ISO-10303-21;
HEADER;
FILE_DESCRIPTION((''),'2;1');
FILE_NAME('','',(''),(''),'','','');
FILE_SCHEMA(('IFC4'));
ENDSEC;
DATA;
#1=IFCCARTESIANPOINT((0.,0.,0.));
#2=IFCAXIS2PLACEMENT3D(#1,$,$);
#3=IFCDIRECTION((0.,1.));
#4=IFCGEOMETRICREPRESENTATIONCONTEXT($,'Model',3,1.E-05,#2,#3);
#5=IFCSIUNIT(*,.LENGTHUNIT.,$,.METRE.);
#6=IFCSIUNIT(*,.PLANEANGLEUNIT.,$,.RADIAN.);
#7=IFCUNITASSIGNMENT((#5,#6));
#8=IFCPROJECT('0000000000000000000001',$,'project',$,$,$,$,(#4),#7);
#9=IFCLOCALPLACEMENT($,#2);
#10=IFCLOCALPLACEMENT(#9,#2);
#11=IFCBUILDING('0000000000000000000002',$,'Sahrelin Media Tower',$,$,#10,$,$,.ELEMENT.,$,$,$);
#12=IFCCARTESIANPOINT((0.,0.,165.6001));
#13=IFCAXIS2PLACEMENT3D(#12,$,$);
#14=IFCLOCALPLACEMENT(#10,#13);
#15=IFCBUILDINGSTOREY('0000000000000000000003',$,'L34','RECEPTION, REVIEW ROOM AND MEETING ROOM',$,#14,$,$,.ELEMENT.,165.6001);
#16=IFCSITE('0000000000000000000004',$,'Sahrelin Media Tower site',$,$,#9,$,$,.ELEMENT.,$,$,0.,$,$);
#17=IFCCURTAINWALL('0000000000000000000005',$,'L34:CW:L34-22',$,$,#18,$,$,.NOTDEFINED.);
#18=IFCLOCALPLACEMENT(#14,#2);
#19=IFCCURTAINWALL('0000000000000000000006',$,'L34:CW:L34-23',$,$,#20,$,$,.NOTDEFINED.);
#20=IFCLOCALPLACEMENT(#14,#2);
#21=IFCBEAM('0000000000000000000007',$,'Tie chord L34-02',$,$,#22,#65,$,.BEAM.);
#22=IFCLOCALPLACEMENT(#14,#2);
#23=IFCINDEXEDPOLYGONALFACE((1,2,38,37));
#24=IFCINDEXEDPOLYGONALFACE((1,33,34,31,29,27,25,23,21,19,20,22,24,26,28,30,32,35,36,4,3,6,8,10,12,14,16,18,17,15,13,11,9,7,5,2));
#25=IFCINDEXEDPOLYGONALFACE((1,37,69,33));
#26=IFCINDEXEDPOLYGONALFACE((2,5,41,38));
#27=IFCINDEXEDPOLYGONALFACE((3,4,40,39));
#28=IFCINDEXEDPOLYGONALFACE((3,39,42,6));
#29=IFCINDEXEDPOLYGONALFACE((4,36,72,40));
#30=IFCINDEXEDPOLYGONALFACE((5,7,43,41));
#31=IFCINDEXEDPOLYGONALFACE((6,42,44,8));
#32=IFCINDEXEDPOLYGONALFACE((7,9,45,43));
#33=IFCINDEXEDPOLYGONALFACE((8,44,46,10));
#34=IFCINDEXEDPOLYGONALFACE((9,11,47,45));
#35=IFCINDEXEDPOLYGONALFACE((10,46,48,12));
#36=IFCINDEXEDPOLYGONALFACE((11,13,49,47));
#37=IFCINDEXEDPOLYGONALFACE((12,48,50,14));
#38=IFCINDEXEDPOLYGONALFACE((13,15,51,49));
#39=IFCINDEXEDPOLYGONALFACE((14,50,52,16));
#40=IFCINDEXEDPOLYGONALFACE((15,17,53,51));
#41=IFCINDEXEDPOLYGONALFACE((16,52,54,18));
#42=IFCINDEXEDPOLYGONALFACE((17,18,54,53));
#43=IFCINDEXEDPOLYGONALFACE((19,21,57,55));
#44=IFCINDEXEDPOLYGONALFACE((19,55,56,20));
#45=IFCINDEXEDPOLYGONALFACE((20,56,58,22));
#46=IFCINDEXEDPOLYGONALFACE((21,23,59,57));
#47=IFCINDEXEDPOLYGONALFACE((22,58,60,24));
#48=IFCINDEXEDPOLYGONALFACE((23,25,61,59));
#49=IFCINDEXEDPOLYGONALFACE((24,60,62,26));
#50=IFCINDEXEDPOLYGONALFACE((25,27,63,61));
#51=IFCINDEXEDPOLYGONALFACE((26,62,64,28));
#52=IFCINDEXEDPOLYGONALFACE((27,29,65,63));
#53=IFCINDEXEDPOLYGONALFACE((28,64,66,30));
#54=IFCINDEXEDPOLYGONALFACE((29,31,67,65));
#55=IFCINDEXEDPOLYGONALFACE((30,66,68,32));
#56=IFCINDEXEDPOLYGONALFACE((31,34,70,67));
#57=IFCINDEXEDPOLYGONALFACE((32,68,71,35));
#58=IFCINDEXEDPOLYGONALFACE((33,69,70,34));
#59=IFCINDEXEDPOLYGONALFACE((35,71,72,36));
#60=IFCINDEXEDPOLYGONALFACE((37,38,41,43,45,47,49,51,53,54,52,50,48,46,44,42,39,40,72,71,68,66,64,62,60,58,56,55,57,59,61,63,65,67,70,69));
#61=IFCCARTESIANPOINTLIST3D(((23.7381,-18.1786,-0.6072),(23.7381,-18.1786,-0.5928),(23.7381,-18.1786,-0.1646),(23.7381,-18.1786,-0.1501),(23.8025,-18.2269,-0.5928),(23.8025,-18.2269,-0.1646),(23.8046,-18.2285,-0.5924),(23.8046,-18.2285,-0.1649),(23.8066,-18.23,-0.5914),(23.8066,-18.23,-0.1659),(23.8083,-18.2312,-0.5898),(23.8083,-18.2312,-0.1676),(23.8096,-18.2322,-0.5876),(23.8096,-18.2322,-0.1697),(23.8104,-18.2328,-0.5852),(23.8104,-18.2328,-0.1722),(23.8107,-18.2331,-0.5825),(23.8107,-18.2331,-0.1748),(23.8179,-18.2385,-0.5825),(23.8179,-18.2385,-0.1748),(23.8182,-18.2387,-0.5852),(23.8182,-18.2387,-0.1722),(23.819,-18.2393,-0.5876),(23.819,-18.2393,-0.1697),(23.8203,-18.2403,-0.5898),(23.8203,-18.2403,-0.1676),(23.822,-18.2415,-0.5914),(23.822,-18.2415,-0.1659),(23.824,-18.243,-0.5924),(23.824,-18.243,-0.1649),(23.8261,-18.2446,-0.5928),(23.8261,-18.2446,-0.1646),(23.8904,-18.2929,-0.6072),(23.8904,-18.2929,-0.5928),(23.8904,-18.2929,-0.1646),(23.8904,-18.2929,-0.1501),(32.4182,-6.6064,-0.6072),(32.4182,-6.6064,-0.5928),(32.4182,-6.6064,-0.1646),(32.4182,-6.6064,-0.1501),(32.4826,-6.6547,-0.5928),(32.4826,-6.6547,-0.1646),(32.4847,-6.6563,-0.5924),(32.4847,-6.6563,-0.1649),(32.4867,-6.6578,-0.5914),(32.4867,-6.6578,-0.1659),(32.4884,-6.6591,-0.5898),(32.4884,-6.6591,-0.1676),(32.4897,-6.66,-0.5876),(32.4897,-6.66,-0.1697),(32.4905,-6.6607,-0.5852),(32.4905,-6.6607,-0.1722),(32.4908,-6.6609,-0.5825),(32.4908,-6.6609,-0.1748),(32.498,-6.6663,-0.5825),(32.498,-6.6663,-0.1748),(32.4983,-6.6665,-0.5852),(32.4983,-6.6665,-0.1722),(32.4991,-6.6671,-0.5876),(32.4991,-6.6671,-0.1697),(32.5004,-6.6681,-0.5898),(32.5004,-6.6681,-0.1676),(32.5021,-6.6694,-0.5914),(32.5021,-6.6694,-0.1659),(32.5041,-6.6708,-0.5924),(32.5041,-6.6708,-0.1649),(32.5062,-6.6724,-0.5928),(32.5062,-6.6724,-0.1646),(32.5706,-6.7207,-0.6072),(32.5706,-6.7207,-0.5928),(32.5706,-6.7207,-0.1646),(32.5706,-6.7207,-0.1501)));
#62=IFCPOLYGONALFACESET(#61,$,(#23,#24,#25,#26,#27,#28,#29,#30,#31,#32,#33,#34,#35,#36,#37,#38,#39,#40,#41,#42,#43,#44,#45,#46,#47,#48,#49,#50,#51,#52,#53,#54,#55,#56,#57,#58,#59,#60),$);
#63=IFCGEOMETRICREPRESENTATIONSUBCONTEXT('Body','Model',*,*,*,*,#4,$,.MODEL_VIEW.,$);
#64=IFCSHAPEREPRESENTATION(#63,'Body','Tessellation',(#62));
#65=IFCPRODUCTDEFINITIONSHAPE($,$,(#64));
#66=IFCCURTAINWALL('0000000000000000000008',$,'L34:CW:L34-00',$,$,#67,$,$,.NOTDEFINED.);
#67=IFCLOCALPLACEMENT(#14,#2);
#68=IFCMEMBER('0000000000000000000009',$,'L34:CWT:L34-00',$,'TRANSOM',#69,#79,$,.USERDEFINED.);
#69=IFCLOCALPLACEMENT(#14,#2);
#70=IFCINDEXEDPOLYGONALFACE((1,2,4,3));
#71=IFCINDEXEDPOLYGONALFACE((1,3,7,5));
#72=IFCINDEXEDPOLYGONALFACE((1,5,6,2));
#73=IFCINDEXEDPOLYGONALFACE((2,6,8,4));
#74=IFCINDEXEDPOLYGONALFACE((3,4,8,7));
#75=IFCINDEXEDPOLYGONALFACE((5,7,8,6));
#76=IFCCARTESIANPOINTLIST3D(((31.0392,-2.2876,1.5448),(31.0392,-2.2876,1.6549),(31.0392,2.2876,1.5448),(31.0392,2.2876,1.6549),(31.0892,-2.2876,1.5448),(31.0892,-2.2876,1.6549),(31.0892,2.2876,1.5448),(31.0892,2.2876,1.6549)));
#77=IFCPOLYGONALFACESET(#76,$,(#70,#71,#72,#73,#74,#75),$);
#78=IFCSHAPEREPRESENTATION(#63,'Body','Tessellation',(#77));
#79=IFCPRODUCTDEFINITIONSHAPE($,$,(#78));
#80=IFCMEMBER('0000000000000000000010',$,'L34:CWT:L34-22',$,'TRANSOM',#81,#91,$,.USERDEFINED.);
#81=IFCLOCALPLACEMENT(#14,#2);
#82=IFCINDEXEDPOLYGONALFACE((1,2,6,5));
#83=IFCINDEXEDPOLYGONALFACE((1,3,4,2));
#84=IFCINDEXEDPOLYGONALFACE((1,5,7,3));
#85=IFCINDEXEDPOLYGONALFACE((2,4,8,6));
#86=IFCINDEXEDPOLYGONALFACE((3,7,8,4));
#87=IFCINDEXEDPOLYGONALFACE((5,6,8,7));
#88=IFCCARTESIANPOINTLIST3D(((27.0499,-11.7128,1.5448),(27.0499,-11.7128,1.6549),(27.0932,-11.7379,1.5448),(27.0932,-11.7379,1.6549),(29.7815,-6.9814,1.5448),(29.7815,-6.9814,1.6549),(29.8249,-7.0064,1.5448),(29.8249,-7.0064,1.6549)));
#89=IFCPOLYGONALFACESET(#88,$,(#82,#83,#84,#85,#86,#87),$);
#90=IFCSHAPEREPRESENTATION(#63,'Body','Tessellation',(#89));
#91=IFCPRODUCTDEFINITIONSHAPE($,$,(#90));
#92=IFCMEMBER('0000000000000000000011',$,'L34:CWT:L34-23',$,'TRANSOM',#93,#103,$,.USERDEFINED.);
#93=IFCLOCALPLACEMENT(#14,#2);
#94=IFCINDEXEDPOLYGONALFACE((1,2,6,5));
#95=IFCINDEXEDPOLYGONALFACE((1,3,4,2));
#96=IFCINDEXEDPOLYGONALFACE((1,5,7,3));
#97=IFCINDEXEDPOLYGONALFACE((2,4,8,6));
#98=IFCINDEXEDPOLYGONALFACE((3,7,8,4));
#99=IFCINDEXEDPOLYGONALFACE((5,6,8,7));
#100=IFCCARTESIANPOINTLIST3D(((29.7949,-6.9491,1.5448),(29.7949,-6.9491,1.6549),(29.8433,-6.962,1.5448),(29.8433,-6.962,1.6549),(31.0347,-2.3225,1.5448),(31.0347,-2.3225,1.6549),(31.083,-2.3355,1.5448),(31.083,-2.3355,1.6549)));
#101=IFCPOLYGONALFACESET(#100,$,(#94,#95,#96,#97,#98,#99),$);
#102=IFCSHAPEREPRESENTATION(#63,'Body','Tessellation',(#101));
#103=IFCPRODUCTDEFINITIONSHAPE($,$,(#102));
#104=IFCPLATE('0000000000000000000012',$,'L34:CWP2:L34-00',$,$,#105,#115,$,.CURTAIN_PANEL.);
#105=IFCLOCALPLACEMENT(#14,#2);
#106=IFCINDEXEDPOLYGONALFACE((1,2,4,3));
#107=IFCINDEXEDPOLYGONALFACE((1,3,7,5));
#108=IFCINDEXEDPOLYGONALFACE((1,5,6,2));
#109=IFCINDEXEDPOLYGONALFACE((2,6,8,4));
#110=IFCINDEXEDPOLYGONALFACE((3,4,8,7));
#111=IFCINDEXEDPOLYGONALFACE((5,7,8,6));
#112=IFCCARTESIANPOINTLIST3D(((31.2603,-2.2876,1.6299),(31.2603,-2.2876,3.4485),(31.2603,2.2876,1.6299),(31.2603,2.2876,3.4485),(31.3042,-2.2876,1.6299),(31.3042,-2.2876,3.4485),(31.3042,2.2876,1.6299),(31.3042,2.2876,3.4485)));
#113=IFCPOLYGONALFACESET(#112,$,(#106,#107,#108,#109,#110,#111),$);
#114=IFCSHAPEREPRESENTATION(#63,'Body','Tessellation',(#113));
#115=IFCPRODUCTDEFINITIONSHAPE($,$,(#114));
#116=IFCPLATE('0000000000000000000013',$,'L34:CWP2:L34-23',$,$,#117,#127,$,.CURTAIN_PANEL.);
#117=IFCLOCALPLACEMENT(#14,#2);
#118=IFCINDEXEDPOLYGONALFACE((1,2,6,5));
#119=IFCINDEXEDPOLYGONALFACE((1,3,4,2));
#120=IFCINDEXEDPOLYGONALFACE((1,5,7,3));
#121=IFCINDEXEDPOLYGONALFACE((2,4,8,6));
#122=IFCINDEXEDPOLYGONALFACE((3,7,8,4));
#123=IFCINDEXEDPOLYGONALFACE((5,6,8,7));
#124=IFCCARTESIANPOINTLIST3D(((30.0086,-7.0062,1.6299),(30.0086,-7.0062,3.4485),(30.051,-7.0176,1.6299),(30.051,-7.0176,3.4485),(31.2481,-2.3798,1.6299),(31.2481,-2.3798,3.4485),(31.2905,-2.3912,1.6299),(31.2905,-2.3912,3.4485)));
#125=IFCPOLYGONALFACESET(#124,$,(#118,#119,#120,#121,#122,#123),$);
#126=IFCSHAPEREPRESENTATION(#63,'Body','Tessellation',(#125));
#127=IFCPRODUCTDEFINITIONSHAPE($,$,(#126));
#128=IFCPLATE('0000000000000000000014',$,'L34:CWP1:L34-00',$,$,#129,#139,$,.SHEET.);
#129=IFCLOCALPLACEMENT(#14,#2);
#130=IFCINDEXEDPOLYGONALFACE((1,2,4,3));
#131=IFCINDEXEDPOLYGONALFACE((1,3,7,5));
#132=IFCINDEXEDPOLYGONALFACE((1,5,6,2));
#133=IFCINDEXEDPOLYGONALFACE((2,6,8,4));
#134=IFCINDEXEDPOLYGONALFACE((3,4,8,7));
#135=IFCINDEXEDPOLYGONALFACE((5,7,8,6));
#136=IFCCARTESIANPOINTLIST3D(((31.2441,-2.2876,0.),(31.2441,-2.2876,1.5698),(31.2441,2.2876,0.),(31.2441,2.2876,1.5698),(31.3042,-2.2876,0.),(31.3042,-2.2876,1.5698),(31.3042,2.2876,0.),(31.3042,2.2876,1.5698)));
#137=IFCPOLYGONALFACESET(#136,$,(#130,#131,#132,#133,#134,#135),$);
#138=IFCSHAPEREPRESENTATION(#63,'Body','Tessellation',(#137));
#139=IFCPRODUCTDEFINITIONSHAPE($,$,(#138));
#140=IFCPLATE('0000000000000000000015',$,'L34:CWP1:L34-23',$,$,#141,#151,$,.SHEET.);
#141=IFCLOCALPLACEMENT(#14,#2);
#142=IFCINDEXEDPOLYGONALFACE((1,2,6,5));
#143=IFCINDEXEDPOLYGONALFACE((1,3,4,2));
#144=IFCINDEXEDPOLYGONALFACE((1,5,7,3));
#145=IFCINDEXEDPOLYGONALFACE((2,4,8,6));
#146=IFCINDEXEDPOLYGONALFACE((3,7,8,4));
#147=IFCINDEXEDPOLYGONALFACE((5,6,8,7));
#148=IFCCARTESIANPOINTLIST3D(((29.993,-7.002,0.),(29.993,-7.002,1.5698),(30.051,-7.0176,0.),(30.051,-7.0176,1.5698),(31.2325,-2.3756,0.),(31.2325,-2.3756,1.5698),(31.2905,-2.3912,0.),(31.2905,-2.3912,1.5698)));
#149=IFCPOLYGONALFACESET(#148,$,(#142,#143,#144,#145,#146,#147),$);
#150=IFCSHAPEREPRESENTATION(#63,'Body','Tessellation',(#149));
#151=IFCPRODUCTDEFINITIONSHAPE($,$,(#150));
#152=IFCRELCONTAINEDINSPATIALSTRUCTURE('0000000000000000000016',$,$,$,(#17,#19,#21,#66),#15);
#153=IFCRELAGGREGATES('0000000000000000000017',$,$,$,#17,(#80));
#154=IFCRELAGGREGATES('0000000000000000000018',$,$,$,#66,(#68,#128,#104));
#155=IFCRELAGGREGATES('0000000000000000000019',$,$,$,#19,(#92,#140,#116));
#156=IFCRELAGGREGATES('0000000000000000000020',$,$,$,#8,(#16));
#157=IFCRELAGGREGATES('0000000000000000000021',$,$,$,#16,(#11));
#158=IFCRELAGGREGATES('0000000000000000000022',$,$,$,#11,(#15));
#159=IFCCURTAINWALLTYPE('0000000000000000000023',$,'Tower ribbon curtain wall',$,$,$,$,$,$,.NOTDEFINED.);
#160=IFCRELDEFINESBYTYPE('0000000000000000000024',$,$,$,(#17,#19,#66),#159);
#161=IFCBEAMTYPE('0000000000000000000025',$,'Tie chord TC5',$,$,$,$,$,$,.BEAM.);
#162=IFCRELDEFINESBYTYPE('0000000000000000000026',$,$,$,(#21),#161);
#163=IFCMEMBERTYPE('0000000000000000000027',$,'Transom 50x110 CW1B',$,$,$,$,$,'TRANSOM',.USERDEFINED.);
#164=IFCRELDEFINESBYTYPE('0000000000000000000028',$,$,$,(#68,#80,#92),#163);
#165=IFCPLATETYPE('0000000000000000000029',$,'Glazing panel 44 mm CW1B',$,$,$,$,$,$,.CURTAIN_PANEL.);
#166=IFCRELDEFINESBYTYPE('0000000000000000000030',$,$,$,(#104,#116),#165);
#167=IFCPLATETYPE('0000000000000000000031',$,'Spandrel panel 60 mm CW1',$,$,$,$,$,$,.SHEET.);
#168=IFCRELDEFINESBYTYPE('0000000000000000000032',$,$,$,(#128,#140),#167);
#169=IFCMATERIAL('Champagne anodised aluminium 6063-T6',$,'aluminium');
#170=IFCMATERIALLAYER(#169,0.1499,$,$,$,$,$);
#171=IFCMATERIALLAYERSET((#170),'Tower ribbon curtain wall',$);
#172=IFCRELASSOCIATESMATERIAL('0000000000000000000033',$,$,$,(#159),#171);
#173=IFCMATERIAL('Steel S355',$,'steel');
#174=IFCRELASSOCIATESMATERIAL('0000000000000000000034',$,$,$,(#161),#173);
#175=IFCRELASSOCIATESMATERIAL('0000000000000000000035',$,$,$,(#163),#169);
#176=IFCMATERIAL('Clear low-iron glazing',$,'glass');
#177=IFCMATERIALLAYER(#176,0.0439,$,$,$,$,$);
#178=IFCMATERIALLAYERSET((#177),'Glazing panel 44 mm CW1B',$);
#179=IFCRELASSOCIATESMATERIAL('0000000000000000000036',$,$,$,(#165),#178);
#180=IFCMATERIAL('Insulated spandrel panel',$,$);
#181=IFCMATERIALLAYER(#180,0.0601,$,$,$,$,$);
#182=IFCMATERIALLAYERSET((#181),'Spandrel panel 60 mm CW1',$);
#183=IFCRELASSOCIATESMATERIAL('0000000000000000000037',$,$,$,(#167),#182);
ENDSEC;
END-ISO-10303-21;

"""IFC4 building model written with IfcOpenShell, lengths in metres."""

from ifc_helpers import new_model, si_unit, direction, frame, origin, origin_2d, place, context, subcontext, project, spatial, polyline, rectangle, i_section, outline, extrude, material, layer, layer_set, material_profile, profile_set, type_object, element, aggregate, save


model = new_model("IFC4")

# Units and contexts
model_context = context("Model", 3, precision=1e-05, world=origin(), true_north=direction((0.0, 1.0)))
body_context = subcontext(model_context, "Body", "Model", "MODEL_VIEW")
ifc_project = project(units=[si_unit("LENGTHUNIT", "METRE"), si_unit("PLANEANGLEUNIT", "RADIAN")], contexts=[model_context])

# Site, building, storey
site_placement = place(None, origin())
site = spatial("IfcSite", under=ifc_project, at=site_placement, Name="Sahrelin Media Tower site", CompositionType="ELEMENT", RefElevation=0.0)
building_placement = place(site_placement, origin())
building = spatial("IfcBuilding", under=site, at=building_placement, Name="Sahrelin Media Tower", CompositionType="ELEMENT")
storey_placement = place(building_placement, frame((0.0, 0.0, 165.6001)))
storey = spatial("IfcBuildingStorey", under=building, at=storey_placement, Name="L34", Description="RECEPTION, REVIEW ROOM AND MEETING ROOM", CompositionType="ELEMENT", Elevation=165.6001)

# Shared definitions
ifc_material_1 = material(Name="Steel S355", Category="steel")

# Curtain walls
ifc_material_2 = material(Name="Champagne anodised aluminium 6063-T6", Category="aluminium")
ifc_layer_1 = layer(ifc_material_2, 0.1499)
ifc_layer_set_1 = layer_set([ifc_layer_1], Name="Tower ribbon curtain wall")
curtain_wall_type = type_object("IfcCurtainWallType", Name="Tower ribbon curtain wall", PredefinedType="NOTDEFINED", material=ifc_layer_set_1)
curtain_wall_1_placement = place(storey_placement, frame((28.6277, -9.4697, 0.0), z_axis=(0.0, 0.0, 1.0), x_axis=(1.0, 0.0, 0.0)))
curtain_wall_1 = element("IfcCurtainWall", 1, at=curtain_wall_1_placement, inside=storey, type_object=curtain_wall_type, Name="L34:CW:L34-22", PredefinedType="NOTDEFINED")
curtain_wall_2_placement = place(storey_placement, frame((30.6516, -4.6992, 0.0), z_axis=(0.0, 0.0, 1.0), x_axis=(1.0, 0.0, 0.0)))
curtain_wall_2 = element("IfcCurtainWall", 2, at=curtain_wall_2_placement, inside=storey, type_object=curtain_wall_type, Name="L34:CW:L34-23", PredefinedType="NOTDEFINED")

# Beam
ifc_material_profile_1 = material_profile(ifc_material_1, i_section(OverallWidth=0.1904, OverallDepth=0.457, WebThickness=0.009, FlangeThickness=0.0144, FilletRadius=0.0103, at=origin_2d()), Name="UB 457x191x74")
ifc_profile_set_1 = profile_set([ifc_material_profile_1], Name="Steel S355")
beam_type_1 = type_object("IfcBeamType", Name="Tie chord TC5", PredefinedType="BEAM", material=ifc_profile_set_1)
beam_1_placement = place(storey_placement, frame((32.4944, -6.6636, -0.3787), z_axis=(-0.600043, -0.799968, 0.0), x_axis=(0.799968, -0.600043, 0.0)))
element("IfcBeam", 3, at=beam_1_placement, inside=storey, type_object=beam_type_1, Name="Tie chord L34-02", PredefinedType="BEAM", context=body_context, shape_type="SweptSolid", body=[
    extrude(i_section(OverallWidth=0.1904, OverallDepth=0.457, WebThickness=0.009, FlangeThickness=0.0144, FilletRadius=0.0103, at=origin_2d()), origin(), (0.0, 0.0, 1.0), 14.4658),
])

# Curtain wall, member
curtain_wall_3_placement = place(storey_placement, frame((31.2842, 0.0, 0.0), z_axis=(0.0, 0.0, 1.0), x_axis=(1.0, 0.0, 0.0)))
curtain_wall_3 = element("IfcCurtainWall", 4, at=curtain_wall_3_placement, inside=storey, type_object=curtain_wall_type, Name="L34:CW:L34-00", PredefinedType="NOTDEFINED")
ifc_material_profile_2 = material_profile(ifc_material_2, rectangle(XDim=0.05, YDim=0.1101, at=origin_2d()), Name="Transom 50x110")
ifc_profile_set_2 = profile_set([ifc_material_profile_2], Name="Champagne anodised aluminium 6063-T6")
member_type_1 = type_object("IfcMemberType", Name="Transom 50x110 CW1B", ElementType="TRANSOM", PredefinedType="USERDEFINED", material=ifc_profile_set_2)
member_1_placement = place(storey_placement, frame((31.0642, -2.2876, 1.5999), z_axis=(0.0, 1.0, 0.0), x_axis=(-1.0, 0.0, 0.0)))
member_1 = element("IfcMember", 5, at=member_1_placement, type_object=member_type_1, Name="L34:CWT:L34-00", ObjectType="TRANSOM", PredefinedType="USERDEFINED", context=body_context, shape_type="SweptSolid", body=[
    extrude(rectangle(XDim=0.05, YDim=0.1101, at=origin_2d()), origin(), (0.0, 0.0, 1.0), 4.5752),
])

# Members
member_2_placement = place(storey_placement, frame((27.0715, -11.7253, 1.5999), z_axis=(0.499998, 0.866026, 0.0), x_axis=(-0.866026, 0.499998, 0.0)))
member_2 = element("IfcMember", 6, at=member_2_placement, type_object=member_type_1, Name="L34:CWT:L34-22", ObjectType="TRANSOM", PredefinedType="USERDEFINED", context=body_context, shape_type="SweptSolid", body=[
    extrude(rectangle(XDim=0.05, YDim=0.1101, at=origin_2d()), origin(), (0.0, 0.0, 1.0), 5.4634),
])
aggregate(curtain_wall_1, [member_2])
member_3_placement = place(storey_placement, frame((29.8191, -6.9556, 1.5999), z_axis=(0.258836, 0.965921, 0.0), x_axis=(-0.965921, 0.258836, 0.0)))
member_3 = element("IfcMember", 7, at=member_3_placement, type_object=member_type_1, Name="L34:CWT:L34-23", ObjectType="TRANSOM", PredefinedType="USERDEFINED", context=body_context, shape_type="SweptSolid", body=[
    extrude(rectangle(XDim=0.05, YDim=0.1101, at=origin_2d()), origin(), (0.0, 0.0, 1.0), 4.7898),
])

# Plates
ifc_material_3 = material(Name="Clear low-iron glazing", Category="glass")
ifc_layer_2 = layer(ifc_material_3, 0.0439)
ifc_layer_set_2 = layer_set([ifc_layer_2], Name="Glazing panel 44 mm CW1B")
plate_type_1 = type_object("IfcPlateType", Name="Glazing panel 44 mm CW1B", PredefinedType="CURTAIN_PANEL", material=ifc_layer_set_2)
plate_1_placement = place(storey_placement, frame((31.3042, -2.2876, 1.6299), z_axis=(1.0, 0.0, 0.0), x_axis=(0.0, 1.0, 0.0)))
plate_1 = element("IfcPlate", 8, at=plate_1_placement, type_object=plate_type_1, Name="L34:CWP2:L34-00", PredefinedType="CURTAIN_PANEL", context=body_context, shape_type="SweptSolid", body=[
    extrude(outline(polyline([(0.0, 0.0), (4.5752, 0.0), (4.5752, 1.8186), (0.0, 1.8186), (0.0, 0.0)])), origin(), (0.0, 0.0, -1.0), 0.0439),
])
plate_2_placement = place(storey_placement, frame((30.051, -7.0176, 1.6299), z_axis=(0.965934, -0.258789, 0.0), x_axis=(0.258789, 0.965934, 0.0)))
plate_2 = element("IfcPlate", 9, at=plate_2_placement, type_object=plate_type_1, Name="L34:CWP2:L34-23", PredefinedType="CURTAIN_PANEL", context=body_context, shape_type="SweptSolid", body=[
    extrude(outline(polyline([(0.0, 0.0), (4.7896, 0.0), (4.7896, 1.8186), (0.0, 1.8186), (0.0, 0.0)])), origin(), (0.0, 0.0, -1.0), 0.0439),
])
ifc_material_4 = material(Name="Insulated spandrel panel")
ifc_layer_3 = layer(ifc_material_4, 0.0601)
ifc_layer_set_3 = layer_set([ifc_layer_3], Name="Spandrel panel 60 mm CW1")
plate_type_2 = type_object("IfcPlateType", Name="Spandrel panel 60 mm CW1", PredefinedType="SHEET", material=ifc_layer_set_3)
plate_3_placement = place(storey_placement, frame((31.3042, -2.2876, 0.0), z_axis=(1.0, 0.0, 0.0), x_axis=(0.0, 1.0, 0.0)))
plate_3 = element("IfcPlate", 10, at=plate_3_placement, type_object=plate_type_2, Name="L34:CWP1:L34-00", PredefinedType="SHEET", context=body_context, shape_type="SweptSolid", body=[
    extrude(outline(polyline([(0.0, 0.0), (4.5752, 0.0), (4.5752, 1.5698), (0.0, 1.5698), (0.0, 0.0)])), origin(), (0.0, 0.0, -1.0), 0.0601),
])
aggregate(curtain_wall_3, [member_1, plate_3, plate_1])
plate_4_placement = place(storey_placement, frame((30.051, -7.0176, 0.0), z_axis=(0.965934, -0.258789, 0.0), x_axis=(0.258789, 0.965934, 0.0)))
plate_4 = element("IfcPlate", 11, at=plate_4_placement, type_object=plate_type_2, Name="L34:CWP1:L34-23", PredefinedType="SHEET", context=body_context, shape_type="SweptSolid", body=[
    extrude(outline(polyline([(0.0, 0.0), (4.7896, 0.0), (4.7896, 1.5698), (0.0, 1.5698), (0.0, 0.0)])), origin(), (0.0, 0.0, -1.0), 0.0601),
])
aggregate(curtain_wall_2, [member_3, plate_4, plate_2])

save(model, "model.ifc")
